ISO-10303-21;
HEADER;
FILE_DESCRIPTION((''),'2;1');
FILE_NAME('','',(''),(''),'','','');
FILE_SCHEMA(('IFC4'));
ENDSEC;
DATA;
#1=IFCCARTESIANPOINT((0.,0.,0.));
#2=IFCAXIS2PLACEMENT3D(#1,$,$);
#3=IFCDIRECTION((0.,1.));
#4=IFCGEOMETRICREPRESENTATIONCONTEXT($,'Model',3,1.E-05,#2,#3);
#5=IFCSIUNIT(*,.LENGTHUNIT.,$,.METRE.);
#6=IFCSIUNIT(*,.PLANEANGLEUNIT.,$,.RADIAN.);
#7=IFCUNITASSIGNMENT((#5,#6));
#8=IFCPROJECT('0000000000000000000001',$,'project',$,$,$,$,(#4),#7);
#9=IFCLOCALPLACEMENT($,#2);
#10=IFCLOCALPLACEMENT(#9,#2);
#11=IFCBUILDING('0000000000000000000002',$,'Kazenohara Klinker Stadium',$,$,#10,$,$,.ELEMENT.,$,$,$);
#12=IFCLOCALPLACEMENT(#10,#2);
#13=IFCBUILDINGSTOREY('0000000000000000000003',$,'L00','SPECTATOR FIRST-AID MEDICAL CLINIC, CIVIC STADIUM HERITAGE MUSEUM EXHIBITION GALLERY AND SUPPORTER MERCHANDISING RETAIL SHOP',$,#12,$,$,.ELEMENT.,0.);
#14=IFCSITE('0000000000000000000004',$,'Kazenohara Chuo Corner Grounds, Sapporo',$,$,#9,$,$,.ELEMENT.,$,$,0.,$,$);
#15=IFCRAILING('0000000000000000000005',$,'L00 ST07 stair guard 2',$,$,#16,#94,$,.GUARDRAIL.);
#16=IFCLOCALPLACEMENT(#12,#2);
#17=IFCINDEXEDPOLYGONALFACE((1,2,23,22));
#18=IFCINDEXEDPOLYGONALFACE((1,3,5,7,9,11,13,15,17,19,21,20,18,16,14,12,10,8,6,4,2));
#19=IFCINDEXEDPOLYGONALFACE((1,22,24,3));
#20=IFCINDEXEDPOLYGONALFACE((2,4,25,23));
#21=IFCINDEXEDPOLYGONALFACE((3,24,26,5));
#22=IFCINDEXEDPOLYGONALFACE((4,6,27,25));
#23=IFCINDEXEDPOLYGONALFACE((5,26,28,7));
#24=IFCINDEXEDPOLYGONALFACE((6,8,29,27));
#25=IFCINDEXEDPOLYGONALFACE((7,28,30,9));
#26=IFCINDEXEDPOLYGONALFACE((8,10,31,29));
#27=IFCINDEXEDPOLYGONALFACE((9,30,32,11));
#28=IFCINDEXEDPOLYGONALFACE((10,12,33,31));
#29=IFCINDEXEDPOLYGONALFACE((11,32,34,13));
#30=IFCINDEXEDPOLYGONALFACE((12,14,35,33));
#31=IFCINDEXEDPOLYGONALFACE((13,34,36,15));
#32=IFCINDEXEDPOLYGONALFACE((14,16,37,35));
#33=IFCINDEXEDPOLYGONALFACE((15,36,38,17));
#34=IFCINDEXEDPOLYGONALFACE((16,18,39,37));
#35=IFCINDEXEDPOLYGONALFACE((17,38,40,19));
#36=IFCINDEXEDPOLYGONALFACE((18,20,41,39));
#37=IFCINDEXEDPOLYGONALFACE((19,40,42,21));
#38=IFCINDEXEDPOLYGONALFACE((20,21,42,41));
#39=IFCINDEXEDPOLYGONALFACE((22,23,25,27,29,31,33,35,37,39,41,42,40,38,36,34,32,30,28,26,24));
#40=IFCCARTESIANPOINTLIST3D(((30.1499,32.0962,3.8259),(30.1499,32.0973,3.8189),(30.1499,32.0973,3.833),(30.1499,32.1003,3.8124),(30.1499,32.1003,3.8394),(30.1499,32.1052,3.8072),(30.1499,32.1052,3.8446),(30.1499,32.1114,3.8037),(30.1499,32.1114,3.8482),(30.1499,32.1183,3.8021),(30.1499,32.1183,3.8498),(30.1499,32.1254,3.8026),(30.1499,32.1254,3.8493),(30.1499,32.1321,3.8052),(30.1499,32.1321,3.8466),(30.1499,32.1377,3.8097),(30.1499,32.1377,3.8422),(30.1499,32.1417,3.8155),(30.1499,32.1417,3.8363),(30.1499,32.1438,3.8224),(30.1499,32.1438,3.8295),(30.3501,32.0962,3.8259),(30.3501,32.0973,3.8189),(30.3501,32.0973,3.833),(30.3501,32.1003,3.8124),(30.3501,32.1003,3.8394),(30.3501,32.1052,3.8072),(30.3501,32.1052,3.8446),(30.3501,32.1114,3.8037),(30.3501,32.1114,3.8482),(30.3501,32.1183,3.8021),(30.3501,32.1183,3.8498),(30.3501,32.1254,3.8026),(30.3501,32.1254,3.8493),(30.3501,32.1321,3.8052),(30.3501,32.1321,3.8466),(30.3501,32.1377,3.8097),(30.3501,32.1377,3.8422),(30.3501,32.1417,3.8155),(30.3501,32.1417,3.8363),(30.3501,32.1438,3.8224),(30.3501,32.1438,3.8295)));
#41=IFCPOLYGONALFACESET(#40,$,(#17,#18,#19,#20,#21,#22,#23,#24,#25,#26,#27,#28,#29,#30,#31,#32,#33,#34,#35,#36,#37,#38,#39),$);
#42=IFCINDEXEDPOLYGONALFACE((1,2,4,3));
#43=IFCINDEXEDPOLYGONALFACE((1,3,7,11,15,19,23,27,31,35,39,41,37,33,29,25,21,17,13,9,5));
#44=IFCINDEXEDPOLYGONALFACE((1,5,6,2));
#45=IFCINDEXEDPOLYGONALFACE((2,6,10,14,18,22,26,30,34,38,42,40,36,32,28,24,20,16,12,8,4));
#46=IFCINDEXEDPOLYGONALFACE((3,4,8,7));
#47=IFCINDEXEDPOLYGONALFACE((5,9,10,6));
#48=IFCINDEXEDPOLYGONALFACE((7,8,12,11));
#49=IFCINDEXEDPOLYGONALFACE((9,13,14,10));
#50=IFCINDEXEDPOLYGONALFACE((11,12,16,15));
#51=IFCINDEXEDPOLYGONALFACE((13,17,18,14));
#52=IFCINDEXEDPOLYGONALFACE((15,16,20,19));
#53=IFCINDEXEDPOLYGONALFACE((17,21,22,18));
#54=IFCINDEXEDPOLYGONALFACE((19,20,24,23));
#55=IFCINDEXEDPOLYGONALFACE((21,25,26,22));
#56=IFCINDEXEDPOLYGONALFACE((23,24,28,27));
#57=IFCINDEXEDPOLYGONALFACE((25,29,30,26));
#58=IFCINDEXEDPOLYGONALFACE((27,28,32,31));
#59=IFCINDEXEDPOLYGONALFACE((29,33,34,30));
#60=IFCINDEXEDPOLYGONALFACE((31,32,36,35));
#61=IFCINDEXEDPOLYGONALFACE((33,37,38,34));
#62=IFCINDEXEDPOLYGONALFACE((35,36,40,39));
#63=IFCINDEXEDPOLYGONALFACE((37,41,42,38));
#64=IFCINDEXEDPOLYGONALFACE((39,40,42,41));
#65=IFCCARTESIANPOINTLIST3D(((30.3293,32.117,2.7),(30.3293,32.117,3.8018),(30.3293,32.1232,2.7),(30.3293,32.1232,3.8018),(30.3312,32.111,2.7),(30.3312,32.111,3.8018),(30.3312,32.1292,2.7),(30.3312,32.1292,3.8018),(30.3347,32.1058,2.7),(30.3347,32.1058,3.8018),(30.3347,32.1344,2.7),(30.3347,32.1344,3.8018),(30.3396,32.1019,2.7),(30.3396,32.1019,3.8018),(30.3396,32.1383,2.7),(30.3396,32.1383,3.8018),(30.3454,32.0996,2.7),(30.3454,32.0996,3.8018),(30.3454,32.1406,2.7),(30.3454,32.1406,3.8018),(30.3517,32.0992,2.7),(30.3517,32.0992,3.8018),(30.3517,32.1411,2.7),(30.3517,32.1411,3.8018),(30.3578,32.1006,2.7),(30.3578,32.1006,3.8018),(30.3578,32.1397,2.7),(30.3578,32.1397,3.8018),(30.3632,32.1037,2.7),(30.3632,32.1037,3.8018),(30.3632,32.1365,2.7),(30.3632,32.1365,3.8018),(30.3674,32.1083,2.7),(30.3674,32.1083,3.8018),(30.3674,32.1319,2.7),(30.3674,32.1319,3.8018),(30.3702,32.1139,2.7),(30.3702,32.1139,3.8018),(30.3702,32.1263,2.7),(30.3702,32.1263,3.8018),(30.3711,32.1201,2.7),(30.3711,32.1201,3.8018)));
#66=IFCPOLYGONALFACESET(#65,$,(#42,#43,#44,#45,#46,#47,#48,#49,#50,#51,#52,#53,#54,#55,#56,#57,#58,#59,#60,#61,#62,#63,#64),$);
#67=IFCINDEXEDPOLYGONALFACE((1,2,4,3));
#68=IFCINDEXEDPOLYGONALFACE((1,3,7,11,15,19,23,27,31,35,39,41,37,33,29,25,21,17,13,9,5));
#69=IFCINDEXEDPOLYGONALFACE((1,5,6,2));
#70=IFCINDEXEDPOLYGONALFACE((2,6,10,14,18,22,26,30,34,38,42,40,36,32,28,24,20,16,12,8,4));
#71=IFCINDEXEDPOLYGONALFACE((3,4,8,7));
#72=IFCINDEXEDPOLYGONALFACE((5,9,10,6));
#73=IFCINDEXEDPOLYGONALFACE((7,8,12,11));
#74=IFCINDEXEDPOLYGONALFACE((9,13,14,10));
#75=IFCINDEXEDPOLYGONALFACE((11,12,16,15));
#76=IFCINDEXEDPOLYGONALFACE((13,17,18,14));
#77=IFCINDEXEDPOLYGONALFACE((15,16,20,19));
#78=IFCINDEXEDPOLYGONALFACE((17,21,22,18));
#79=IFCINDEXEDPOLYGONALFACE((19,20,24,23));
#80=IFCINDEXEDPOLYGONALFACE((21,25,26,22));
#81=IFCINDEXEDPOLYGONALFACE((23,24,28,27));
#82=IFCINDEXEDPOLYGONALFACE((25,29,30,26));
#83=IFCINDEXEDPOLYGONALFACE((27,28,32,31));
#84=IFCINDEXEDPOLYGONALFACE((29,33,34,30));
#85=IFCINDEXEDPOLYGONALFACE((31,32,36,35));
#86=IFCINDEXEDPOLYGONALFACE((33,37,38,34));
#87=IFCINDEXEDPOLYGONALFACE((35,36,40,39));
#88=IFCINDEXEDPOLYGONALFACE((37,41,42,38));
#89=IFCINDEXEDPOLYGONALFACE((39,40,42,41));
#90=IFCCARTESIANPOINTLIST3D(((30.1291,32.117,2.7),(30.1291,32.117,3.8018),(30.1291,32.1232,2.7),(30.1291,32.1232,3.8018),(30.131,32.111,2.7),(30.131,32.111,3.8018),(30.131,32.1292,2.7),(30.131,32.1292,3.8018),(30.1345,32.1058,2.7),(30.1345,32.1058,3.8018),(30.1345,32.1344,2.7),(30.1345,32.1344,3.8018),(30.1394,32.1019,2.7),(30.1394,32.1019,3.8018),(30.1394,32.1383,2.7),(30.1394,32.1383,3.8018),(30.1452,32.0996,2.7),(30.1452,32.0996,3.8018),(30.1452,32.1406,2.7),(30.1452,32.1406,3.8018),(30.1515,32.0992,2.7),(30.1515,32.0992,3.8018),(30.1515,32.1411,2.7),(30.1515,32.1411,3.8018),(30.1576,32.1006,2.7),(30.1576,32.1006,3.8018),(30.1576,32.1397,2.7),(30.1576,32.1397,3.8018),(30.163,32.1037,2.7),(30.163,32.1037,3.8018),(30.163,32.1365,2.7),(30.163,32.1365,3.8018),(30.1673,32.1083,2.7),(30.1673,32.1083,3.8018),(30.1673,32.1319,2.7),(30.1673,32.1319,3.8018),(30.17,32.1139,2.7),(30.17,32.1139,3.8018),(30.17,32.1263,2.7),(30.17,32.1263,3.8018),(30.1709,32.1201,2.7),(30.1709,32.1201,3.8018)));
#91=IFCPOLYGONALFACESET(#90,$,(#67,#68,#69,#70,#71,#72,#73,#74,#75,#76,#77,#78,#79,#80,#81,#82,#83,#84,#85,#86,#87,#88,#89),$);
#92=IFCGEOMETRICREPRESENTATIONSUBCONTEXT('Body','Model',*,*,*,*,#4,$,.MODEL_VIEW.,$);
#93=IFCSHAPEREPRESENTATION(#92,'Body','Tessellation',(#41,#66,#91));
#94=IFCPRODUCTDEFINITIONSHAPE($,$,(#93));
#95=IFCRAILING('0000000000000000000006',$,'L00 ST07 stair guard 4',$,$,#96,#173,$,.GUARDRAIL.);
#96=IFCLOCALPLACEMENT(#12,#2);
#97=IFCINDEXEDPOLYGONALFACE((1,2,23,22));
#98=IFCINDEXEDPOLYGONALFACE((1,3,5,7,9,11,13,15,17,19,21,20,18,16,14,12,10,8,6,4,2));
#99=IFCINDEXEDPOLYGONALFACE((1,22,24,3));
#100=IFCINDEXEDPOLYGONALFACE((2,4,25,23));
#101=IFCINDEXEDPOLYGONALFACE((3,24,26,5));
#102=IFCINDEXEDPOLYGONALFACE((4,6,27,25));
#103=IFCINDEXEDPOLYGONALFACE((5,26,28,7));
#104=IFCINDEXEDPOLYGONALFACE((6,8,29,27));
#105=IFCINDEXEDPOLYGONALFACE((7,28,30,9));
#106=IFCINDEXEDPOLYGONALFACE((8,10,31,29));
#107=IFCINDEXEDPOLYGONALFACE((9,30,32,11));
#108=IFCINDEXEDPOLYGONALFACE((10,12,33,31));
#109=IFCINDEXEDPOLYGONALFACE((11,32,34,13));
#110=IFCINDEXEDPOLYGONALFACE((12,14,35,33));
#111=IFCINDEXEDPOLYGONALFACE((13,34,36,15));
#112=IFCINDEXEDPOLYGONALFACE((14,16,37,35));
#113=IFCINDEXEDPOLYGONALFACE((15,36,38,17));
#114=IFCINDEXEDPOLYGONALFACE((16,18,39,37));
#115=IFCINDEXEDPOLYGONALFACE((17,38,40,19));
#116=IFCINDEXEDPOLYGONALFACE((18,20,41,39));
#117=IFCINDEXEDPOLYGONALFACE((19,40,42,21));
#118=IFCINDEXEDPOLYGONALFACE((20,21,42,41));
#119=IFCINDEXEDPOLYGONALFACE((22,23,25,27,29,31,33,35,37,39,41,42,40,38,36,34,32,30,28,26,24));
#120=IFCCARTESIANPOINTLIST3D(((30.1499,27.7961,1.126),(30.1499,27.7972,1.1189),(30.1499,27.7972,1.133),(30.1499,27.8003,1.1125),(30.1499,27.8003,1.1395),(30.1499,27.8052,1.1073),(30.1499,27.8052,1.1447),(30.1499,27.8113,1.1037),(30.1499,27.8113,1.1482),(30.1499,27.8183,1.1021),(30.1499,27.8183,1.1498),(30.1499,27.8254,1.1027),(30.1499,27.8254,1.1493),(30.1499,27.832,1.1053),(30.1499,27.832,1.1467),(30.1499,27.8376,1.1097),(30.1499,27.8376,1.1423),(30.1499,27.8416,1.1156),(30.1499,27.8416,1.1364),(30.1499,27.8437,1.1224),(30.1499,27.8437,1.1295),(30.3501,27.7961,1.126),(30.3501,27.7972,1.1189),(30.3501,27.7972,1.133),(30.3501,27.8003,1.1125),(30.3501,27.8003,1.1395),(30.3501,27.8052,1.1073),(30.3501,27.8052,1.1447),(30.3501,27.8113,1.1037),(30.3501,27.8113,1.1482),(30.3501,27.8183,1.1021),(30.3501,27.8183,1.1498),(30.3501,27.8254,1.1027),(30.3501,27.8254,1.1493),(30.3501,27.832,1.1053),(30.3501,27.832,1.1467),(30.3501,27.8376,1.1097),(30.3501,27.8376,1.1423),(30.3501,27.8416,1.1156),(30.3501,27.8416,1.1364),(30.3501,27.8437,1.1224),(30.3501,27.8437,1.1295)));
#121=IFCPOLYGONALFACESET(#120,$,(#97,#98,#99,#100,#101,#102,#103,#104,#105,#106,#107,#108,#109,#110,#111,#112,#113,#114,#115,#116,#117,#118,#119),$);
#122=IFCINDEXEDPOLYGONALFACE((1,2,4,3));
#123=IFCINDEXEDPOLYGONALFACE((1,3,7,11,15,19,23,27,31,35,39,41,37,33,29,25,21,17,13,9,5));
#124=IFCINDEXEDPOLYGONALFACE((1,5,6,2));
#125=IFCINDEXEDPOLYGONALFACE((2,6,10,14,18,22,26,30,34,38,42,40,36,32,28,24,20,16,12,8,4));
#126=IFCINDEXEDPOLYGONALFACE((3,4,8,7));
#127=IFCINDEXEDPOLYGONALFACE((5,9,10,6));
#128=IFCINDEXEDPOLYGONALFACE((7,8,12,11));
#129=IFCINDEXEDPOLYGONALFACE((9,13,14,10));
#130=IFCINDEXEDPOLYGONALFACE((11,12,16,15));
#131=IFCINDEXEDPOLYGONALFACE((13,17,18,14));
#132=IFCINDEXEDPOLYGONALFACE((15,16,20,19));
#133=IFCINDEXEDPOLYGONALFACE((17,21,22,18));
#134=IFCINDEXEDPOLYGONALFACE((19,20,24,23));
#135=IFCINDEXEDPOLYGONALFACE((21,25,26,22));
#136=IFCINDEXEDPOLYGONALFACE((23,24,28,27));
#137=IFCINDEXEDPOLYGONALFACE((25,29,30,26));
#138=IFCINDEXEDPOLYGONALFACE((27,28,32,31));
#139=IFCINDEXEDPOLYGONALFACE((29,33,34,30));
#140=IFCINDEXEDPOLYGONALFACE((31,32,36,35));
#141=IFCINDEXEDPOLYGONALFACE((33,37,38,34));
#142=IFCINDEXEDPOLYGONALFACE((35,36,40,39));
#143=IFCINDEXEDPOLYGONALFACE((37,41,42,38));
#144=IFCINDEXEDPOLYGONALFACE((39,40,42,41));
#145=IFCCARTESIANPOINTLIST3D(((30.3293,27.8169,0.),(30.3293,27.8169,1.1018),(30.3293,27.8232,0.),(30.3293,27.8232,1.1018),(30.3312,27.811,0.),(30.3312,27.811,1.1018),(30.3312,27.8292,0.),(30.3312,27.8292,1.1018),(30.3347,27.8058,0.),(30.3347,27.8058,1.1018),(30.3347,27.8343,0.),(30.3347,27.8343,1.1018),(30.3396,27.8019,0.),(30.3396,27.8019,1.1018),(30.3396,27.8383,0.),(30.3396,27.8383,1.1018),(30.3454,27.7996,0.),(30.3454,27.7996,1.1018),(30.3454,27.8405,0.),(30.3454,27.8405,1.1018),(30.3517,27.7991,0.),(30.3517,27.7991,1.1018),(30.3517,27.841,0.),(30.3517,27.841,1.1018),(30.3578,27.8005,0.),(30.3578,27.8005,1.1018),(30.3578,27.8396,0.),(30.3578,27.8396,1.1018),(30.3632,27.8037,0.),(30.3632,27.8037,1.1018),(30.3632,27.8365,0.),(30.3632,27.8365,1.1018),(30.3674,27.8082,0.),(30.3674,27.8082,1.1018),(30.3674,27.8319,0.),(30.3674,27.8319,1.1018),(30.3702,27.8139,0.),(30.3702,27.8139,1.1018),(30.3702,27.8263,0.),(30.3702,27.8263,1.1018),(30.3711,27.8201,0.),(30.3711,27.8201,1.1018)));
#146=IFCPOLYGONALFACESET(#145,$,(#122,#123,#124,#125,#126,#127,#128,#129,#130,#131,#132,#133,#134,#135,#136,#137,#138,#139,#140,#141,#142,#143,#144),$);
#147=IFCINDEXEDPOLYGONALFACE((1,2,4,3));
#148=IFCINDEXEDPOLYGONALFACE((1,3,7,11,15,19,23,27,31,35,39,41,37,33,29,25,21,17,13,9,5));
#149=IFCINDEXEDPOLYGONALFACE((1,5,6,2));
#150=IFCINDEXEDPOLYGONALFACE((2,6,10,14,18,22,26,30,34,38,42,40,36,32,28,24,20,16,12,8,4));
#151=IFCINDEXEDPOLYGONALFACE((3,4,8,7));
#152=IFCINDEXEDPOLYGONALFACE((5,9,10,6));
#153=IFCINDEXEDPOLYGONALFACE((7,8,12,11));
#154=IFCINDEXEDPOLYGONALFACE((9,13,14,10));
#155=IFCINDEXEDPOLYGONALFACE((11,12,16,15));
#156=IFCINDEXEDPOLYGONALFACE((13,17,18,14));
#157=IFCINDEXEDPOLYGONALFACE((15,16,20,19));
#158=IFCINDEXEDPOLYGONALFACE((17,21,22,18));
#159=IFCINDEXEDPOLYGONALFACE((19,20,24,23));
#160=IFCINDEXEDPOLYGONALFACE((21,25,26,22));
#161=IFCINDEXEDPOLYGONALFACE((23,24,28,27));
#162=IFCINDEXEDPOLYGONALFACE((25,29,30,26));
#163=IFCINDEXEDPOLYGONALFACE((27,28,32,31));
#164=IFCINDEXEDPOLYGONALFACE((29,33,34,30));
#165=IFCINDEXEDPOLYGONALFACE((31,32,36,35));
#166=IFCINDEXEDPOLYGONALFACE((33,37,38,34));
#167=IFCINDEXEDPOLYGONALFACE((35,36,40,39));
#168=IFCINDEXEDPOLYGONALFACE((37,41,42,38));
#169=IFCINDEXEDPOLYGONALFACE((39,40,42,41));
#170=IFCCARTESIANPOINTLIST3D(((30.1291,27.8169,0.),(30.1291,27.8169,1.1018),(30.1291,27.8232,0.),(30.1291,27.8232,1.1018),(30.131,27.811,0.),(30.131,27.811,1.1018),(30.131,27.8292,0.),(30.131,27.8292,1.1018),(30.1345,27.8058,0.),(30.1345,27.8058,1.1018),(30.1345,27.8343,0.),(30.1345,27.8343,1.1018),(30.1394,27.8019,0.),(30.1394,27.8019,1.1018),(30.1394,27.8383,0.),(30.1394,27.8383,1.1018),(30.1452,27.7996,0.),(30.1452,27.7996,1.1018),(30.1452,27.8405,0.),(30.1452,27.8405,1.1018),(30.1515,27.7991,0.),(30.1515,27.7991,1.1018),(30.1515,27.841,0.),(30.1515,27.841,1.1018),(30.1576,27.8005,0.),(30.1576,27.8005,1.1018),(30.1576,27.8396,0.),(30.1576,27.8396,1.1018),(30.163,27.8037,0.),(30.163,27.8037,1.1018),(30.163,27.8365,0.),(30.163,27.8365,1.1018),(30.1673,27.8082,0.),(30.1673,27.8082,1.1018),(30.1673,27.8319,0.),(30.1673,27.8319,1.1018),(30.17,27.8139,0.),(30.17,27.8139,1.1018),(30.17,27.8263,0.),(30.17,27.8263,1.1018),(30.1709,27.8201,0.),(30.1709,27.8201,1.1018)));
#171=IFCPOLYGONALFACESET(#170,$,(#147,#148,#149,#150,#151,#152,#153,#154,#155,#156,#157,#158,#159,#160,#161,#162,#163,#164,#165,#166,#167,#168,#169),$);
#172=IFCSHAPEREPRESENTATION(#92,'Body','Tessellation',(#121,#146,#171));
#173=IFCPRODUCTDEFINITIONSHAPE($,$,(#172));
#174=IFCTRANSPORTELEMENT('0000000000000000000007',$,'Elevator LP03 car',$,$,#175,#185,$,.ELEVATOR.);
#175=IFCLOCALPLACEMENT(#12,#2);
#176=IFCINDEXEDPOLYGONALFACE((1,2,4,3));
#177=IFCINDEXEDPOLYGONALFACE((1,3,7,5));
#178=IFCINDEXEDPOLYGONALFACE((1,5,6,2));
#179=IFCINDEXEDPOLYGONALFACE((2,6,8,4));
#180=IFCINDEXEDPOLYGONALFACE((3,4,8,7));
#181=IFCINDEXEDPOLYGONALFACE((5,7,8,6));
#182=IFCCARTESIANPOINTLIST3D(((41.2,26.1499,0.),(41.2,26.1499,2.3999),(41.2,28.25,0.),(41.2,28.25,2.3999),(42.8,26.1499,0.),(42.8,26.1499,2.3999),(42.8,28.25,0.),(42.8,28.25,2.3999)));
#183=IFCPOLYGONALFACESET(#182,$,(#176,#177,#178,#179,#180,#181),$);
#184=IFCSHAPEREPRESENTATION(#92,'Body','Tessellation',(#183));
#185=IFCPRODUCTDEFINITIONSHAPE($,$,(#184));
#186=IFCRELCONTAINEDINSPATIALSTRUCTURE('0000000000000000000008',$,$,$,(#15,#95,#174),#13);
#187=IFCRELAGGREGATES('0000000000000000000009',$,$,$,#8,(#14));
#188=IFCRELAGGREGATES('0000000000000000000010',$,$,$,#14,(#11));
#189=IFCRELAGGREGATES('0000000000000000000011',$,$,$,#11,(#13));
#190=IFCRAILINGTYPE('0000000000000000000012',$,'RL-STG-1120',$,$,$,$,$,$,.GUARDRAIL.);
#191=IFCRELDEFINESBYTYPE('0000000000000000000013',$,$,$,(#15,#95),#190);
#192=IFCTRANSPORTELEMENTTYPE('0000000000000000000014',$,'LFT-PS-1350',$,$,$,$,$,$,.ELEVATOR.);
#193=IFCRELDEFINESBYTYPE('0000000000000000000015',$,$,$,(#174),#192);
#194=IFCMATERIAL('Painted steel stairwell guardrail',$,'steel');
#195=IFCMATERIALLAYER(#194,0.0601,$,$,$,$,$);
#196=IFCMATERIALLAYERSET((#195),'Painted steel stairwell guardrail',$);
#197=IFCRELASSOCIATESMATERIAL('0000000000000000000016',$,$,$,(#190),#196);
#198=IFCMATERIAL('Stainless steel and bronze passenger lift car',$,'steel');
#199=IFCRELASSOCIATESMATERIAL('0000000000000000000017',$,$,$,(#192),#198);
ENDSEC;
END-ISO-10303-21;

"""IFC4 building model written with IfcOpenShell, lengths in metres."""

from ifc_helpers import new_model, si_unit, direction, frame, origin, origin_2d, place, context, subcontext, project, spatial, rectangle, circle, extrude, material, layer, layer_set, type_object, element, save


model = new_model("IFC4")

# Units and contexts
model_context = context("Model", 3, precision=1e-05, world=origin(), true_north=direction((0.0, 1.0)))
body_context = subcontext(model_context, "Body", "Model", "MODEL_VIEW")
ifc_project = project(units=[si_unit("LENGTHUNIT", "METRE"), si_unit("PLANEANGLEUNIT", "RADIAN")], contexts=[model_context])

# Site, building, storey
site_placement = place(None, origin())
site = spatial("IfcSite", under=ifc_project, at=site_placement, Name="Kazenohara Chuo Corner Grounds, Sapporo", CompositionType="ELEMENT", RefElevation=0.0)
building_placement = place(site_placement, origin())
building = spatial("IfcBuilding", under=site, at=building_placement, Name="Kazenohara Klinker Stadium", CompositionType="ELEMENT")
storey_placement = place(building_placement, origin())
storey = spatial("IfcBuildingStorey", under=building, at=storey_placement, Name="L00", Description="SPECTATOR FIRST-AID MEDICAL CLINIC, CIVIC STADIUM HERITAGE MUSEUM EXHIBITION GALLERY AND SUPPORTER MERCHANDISING RETAIL SHOP", CompositionType="ELEMENT", Elevation=0.0)

# Railings
ifc_material_1 = material(Name="Painted steel stairwell guardrail", Category="steel")
ifc_layer_1 = layer(ifc_material_1, 0.0601)
ifc_layer_set_1 = layer_set([ifc_layer_1], Name="Painted steel stairwell guardrail")
railing_type_1 = type_object("IfcRailingType", Name="RL-STG-1120", PredefinedType="GUARDRAIL", material=ifc_layer_set_1)
for number, where, name in (
    (1, (30.3501, 32.1201, 2.7), "L00 ST07 stair guard 2"),
    (2, (30.3501, 27.8201, 0.0), "L00 ST07 stair guard 4"),
):
    element("IfcRailing", number, at=place(storey_placement, frame(where)), inside=storey, type_object=railing_type_1, Name=name, PredefinedType="GUARDRAIL", context=body_context, shape_type="SweptSolid", body=[
        extrude(circle(Radius=0.0239, at=origin_2d()), frame((0.0, 0.0, 1.126), z_axis=(-1.0, 0.0, 0.0), x_axis=(0.0, -1.0, 0.0)), (0.0, 0.0, 1.0), 0.2002),
        extrude(circle(Radius=0.021, at=origin_2d()), origin(), (0.0, 0.0, 1.0), 1.1018),
        extrude(circle(Radius=0.021, at=origin_2d()), frame((-0.2002, 0.0, 0.0)), (0.0, 0.0, 1.0), 1.1018),
    ])

# Transport element
ifc_material_2 = material(Name="Stainless steel and bronze passenger lift car", Category="steel")
transport_element_type = type_object("IfcTransportElementType", Name="LFT-PS-1350", PredefinedType="ELEVATOR", material=ifc_material_2)
transport_element_placement = place(storey_placement, frame((42.0, 27.2, 0.0), z_axis=(0.0, 0.0, 1.0), x_axis=(1.0, 0.0, 0.0)))
element("IfcTransportElement", 3, at=transport_element_placement, inside=storey, type_object=transport_element_type, Name="Elevator LP03 car", PredefinedType="ELEVATOR", context=body_context, shape_type="SweptSolid", body=[
    extrude(rectangle(XDim=1.6001, YDim=2.1001, at=origin_2d()), origin(), (0.0, 0.0, 1.0), 2.3999),
])

save(model, "model.ifc")
